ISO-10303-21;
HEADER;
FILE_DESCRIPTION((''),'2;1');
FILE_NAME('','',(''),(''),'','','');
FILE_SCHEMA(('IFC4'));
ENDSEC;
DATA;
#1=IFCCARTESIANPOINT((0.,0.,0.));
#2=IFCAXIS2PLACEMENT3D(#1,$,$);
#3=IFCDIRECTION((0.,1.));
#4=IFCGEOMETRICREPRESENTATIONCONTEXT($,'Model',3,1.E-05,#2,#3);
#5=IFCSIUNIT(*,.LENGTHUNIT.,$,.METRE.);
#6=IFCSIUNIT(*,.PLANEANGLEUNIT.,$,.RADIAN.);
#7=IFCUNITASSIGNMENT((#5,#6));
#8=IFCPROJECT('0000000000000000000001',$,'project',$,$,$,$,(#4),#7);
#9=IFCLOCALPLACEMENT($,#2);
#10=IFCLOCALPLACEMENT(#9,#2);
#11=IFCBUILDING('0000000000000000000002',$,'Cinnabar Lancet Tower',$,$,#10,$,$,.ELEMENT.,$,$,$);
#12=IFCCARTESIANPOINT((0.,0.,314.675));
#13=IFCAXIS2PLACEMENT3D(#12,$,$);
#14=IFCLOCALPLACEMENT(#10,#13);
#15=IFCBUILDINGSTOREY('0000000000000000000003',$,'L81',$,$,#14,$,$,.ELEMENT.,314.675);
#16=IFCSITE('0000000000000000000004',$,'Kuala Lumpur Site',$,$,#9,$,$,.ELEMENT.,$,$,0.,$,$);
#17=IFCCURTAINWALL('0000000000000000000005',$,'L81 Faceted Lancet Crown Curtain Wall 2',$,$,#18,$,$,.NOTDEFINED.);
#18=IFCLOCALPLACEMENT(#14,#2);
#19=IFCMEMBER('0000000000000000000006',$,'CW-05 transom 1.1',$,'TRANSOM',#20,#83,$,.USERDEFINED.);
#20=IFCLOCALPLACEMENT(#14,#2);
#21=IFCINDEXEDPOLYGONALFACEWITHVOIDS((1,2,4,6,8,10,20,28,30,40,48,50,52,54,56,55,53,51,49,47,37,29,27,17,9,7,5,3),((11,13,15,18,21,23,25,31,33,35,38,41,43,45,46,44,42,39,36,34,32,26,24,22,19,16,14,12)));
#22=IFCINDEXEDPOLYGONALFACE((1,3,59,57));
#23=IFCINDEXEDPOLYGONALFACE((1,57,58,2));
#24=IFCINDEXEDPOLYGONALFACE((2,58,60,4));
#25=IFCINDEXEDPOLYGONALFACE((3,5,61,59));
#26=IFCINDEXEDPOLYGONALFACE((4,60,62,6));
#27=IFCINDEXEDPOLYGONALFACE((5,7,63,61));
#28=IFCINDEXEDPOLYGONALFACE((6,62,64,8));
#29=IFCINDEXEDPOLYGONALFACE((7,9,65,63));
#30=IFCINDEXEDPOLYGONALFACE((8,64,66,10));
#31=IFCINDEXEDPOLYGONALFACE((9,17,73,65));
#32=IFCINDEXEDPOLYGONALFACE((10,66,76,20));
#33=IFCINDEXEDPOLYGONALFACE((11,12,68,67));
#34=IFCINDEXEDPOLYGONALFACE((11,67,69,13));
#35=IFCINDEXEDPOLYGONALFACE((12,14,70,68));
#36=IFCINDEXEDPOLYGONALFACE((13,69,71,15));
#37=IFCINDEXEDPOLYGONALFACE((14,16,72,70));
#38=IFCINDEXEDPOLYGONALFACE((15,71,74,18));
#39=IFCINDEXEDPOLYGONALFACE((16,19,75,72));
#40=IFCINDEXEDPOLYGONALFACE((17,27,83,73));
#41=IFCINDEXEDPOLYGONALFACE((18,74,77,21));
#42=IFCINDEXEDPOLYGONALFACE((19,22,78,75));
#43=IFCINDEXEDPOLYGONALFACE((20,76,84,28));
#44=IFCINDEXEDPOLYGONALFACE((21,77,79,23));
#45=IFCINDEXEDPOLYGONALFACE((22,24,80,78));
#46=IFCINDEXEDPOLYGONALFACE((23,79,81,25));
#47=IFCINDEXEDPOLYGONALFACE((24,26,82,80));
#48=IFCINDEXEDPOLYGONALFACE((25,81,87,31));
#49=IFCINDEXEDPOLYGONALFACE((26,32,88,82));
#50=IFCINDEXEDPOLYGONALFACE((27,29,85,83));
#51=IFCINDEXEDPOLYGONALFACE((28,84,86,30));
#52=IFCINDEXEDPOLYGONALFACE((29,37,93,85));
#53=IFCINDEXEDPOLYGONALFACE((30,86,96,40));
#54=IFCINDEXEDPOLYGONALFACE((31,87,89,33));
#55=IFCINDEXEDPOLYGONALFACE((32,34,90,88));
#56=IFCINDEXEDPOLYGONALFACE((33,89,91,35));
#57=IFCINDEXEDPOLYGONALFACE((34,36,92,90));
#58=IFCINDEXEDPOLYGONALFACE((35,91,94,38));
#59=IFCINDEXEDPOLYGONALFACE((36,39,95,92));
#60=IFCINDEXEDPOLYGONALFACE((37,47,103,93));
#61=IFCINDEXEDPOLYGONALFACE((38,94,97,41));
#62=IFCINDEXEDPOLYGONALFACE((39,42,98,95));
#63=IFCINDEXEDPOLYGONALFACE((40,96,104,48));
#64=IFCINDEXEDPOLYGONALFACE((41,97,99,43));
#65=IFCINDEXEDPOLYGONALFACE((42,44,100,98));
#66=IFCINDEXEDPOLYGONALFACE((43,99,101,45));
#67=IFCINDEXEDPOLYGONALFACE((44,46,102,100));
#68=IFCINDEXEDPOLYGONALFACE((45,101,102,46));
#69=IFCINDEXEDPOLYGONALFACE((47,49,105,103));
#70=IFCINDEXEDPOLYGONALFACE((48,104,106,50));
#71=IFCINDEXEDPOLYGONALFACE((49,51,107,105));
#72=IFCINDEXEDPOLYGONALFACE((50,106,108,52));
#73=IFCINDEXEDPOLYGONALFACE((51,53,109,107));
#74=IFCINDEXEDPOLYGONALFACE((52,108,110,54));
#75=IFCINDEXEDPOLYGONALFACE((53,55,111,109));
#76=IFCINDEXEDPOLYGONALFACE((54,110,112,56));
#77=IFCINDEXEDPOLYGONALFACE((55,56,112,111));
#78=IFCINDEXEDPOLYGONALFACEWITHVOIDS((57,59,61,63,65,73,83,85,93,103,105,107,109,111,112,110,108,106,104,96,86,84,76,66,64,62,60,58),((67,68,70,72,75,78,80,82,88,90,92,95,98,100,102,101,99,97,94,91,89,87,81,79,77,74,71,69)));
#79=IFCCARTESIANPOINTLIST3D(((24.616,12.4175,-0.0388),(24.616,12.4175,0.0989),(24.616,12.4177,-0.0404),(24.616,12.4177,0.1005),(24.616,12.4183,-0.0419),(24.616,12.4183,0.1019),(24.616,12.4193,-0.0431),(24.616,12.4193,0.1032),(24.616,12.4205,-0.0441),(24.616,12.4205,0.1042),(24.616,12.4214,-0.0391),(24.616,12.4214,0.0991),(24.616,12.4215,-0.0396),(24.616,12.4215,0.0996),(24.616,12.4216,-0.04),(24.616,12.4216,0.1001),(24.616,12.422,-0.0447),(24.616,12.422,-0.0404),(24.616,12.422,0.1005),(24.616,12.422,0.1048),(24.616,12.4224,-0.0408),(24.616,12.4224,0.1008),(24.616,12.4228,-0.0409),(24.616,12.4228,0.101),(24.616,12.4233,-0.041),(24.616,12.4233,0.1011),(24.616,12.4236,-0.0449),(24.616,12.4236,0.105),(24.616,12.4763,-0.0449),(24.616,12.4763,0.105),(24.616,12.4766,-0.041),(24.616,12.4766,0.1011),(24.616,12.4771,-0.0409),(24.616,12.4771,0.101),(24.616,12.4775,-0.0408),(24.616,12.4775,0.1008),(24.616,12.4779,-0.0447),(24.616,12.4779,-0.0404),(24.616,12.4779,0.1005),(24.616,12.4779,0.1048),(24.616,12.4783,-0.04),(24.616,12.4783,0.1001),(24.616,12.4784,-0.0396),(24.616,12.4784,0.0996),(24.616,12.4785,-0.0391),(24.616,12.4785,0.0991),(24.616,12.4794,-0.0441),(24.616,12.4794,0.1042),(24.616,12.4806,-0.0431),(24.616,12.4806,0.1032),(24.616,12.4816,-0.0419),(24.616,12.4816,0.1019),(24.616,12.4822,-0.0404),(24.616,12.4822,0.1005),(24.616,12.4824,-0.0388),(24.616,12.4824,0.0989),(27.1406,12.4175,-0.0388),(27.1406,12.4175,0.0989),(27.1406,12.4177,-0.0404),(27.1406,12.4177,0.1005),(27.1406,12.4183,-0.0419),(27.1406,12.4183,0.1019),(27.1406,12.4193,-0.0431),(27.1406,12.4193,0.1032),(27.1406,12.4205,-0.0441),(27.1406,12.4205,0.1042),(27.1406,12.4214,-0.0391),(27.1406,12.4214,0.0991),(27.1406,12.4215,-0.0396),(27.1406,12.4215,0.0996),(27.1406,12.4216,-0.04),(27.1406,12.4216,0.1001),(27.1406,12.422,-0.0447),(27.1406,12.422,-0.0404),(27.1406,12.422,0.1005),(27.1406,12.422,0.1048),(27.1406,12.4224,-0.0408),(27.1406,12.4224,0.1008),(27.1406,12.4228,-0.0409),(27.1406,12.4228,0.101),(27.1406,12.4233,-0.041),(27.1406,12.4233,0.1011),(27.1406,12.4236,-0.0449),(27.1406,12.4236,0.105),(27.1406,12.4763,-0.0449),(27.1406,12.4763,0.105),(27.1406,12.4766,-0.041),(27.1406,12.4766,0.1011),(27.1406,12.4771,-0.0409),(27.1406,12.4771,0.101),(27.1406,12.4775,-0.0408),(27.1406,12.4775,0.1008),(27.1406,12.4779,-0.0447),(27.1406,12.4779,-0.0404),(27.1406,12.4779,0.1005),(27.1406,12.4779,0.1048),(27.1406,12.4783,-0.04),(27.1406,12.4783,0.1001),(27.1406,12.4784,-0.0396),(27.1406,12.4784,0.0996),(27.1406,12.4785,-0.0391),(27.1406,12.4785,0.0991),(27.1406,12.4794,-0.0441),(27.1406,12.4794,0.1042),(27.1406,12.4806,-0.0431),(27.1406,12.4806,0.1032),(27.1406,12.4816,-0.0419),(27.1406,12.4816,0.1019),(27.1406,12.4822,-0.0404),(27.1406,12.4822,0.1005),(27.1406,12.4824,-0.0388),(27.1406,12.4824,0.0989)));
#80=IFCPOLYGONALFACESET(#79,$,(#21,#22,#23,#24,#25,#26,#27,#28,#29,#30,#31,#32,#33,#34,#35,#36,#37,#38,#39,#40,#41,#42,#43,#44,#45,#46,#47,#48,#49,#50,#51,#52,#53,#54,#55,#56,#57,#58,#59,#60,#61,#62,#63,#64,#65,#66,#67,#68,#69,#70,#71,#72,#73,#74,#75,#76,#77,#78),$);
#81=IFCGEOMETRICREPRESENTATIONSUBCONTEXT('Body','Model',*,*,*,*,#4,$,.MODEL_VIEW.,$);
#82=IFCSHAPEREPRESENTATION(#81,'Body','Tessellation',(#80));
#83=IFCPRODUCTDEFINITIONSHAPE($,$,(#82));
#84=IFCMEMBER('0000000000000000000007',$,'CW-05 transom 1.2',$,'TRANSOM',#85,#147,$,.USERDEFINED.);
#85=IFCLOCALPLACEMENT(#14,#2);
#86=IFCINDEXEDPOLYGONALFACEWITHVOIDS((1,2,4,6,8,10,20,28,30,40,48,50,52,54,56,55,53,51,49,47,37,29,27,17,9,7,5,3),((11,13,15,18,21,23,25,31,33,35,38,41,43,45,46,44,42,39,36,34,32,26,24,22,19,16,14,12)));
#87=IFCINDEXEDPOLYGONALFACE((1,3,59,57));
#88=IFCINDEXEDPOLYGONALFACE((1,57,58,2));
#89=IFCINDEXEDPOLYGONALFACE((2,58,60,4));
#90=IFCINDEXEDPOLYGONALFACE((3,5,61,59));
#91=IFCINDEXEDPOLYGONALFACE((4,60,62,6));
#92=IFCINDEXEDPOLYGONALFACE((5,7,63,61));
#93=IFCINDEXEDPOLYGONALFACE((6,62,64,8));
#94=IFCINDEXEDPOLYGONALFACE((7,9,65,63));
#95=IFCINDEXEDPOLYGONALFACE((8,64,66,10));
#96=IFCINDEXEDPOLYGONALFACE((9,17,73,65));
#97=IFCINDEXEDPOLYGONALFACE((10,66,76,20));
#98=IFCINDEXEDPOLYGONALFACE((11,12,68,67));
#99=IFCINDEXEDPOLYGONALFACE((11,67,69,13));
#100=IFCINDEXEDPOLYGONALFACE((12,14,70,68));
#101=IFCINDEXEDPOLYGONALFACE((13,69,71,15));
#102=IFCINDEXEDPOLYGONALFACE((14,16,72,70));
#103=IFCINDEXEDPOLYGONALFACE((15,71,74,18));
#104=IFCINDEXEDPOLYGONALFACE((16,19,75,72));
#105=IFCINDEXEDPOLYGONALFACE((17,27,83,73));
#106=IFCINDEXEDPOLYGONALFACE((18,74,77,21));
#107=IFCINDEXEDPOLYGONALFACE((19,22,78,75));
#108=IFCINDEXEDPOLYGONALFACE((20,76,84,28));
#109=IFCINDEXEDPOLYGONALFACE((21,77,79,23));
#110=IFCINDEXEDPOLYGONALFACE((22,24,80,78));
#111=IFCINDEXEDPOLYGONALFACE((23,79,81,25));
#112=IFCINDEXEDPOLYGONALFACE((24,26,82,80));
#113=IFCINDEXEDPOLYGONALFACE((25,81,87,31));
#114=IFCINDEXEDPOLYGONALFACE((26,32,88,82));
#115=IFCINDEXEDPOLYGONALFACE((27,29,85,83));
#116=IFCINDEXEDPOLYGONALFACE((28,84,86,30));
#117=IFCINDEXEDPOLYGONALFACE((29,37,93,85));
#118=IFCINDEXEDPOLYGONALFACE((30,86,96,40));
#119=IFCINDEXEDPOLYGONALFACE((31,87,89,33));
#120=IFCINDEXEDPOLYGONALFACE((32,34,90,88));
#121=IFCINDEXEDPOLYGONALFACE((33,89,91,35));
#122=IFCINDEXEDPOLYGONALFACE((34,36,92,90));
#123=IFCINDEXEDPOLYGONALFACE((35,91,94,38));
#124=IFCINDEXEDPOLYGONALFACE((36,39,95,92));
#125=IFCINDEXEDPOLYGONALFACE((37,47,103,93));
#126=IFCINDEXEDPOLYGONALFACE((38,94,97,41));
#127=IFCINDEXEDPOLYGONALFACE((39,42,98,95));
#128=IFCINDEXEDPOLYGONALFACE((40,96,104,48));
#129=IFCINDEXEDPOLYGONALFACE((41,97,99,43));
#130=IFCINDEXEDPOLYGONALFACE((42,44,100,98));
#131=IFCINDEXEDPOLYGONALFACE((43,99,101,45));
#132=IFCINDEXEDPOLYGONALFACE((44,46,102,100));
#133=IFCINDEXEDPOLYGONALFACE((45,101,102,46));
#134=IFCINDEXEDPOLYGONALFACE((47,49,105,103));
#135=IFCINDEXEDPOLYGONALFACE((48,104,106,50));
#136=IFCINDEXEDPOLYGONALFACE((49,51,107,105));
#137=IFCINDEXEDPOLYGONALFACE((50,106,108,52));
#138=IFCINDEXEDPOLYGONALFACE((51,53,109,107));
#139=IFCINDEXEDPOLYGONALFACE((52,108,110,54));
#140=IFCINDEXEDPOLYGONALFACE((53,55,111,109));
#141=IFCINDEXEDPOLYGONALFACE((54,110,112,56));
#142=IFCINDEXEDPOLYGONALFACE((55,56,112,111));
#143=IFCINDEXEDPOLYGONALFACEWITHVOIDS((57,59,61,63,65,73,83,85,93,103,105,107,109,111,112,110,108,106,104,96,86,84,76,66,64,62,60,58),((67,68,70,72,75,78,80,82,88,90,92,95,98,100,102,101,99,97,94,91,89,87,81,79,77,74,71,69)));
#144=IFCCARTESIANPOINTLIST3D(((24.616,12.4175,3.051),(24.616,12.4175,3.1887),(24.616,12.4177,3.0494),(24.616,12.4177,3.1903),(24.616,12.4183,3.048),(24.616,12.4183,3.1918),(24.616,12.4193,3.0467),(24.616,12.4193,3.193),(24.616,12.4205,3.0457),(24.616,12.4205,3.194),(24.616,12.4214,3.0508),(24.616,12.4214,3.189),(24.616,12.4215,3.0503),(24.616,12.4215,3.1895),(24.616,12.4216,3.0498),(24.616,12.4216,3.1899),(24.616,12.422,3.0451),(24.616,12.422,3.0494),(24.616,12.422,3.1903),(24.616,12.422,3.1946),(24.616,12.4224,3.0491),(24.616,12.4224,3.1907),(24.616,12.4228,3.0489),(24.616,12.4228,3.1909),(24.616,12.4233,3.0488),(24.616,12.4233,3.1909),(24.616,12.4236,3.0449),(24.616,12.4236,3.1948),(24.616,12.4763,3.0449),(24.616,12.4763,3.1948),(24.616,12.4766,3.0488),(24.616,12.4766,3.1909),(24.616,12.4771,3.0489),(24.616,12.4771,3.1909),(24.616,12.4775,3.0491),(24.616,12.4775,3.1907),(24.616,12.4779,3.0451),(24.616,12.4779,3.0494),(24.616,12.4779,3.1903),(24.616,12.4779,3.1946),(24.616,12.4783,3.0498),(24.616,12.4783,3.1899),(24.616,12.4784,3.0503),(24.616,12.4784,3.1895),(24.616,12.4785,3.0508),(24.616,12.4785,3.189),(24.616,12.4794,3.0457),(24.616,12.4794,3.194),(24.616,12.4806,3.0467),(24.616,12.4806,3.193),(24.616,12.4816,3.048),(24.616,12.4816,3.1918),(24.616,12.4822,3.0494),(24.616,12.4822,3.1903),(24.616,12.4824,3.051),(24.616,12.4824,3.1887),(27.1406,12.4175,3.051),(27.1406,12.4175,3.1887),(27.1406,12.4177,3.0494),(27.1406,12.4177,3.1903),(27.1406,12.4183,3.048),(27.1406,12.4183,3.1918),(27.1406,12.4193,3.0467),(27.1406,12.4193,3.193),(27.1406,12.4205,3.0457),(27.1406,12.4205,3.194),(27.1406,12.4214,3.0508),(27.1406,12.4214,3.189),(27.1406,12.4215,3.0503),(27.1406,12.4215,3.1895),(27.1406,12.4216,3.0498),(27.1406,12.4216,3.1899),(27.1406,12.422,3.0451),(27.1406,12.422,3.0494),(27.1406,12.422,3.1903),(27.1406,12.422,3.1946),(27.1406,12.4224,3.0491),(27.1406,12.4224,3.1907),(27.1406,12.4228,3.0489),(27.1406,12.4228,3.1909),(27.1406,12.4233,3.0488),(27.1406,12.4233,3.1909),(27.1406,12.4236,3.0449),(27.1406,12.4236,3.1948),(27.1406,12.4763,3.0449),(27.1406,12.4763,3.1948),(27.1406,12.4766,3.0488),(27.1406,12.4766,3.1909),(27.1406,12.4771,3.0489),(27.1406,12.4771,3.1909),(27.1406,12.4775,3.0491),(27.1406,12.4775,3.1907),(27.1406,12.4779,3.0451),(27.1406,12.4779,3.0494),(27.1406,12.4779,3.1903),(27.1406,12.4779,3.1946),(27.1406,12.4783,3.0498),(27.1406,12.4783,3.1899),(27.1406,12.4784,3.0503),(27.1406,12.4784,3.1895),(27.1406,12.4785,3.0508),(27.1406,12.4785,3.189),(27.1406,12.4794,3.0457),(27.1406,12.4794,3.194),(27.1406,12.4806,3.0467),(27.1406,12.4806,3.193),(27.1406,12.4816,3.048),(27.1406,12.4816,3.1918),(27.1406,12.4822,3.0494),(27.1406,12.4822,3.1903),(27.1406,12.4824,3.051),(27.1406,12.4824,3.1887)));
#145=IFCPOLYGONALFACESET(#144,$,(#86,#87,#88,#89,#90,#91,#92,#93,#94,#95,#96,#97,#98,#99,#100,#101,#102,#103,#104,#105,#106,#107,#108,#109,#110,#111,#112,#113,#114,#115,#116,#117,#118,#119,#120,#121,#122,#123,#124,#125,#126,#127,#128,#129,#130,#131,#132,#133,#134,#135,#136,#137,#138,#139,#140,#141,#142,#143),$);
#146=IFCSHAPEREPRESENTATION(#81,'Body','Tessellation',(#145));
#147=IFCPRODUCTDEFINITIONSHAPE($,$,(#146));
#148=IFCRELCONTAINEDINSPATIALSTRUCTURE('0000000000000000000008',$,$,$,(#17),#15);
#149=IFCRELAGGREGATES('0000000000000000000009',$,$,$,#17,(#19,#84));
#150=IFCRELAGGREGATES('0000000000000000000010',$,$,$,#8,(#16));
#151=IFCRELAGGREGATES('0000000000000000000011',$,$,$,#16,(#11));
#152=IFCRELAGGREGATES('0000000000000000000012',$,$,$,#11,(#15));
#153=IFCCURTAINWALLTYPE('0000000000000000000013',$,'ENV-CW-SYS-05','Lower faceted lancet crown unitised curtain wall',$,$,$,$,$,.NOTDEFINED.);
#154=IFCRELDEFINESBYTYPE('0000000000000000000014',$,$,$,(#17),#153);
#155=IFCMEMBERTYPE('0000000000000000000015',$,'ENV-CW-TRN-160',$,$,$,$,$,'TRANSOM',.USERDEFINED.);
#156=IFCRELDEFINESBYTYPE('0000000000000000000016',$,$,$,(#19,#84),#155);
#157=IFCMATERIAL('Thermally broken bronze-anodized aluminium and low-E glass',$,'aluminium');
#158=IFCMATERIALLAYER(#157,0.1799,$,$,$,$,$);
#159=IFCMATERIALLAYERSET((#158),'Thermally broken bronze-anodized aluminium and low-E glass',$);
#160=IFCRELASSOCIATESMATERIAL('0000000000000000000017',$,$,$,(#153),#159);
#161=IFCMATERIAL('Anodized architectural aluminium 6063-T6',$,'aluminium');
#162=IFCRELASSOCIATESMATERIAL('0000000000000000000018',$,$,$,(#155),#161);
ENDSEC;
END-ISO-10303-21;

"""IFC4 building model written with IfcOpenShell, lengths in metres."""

from ifc_helpers import new_model, si_unit, direction, frame, origin, origin_2d, place, context, subcontext, project, spatial, hollow_rectangle, extrude, material, layer, layer_set, material_profile, profile_set, type_object, element, aggregate, save


model = new_model("IFC4")

# Units and contexts
model_context = context("Model", 3, precision=1e-05, world=origin(), true_north=direction((0.0, 1.0)))
body_context = subcontext(model_context, "Body", "Model", "MODEL_VIEW")
ifc_project = project(units=[si_unit("LENGTHUNIT", "METRE"), si_unit("PLANEANGLEUNIT", "RADIAN")], contexts=[model_context])

# Site, building, storey
site_placement = place(None, origin())
site = spatial("IfcSite", under=ifc_project, at=site_placement, Name="Kuala Lumpur Site", CompositionType="ELEMENT", RefElevation=0.0)
building_placement = place(site_placement, origin())
building = spatial("IfcBuilding", under=site, at=building_placement, Name="Cinnabar Lancet Tower", CompositionType="ELEMENT")
storey_placement = place(building_placement, frame((0.0, 0.0, 314.675)))
storey = spatial("IfcBuildingStorey", under=building, at=storey_placement, Name="L81", CompositionType="ELEMENT", Elevation=314.675)

# Shared definitions
ifc_material_1 = material(Name="Thermally broken bronze-anodized aluminium and low-E glass", Category="aluminium")
ifc_layer_1 = layer(ifc_material_1, 0.1799)
ifc_layer_set_1 = layer_set([ifc_layer_1], Name="Thermally broken bronze-anodized aluminium and low-E glass")
curtain_wall_type = type_object("IfcCurtainWallType", Name="ENV-CW-SYS-05", Description="Lower faceted lancet crown unitised curtain wall", PredefinedType="NOTDEFINED", material=ifc_layer_set_1)

# Curtain wall, members
curtain_wall_1_placement = place(storey_placement, origin())
curtain_wall_1 = element("IfcCurtainWall", 1, at=curtain_wall_1_placement, inside=storey, type_object=curtain_wall_type, Name="L81 Faceted Lancet Crown Curtain Wall 2", PredefinedType="NOTDEFINED")
ifc_material_2 = material(Name="Anodized architectural aluminium 6063-T6", Category="aluminium")
ifc_material_profile_1 = material_profile(ifc_material_2, hollow_rectangle(XDim=0.0649, YDim=0.1499, WallThickness=0.0039, InnerFilletRadius=0.002, OuterFilletRadius=0.0061, at=origin_2d()), Name="CW-TRN 150x65x4")
ifc_profile_set_1 = profile_set([ifc_material_profile_1], Name="Anodized architectural aluminium 6063-T6")
member_type_1 = type_object("IfcMemberType", Name="ENV-CW-TRN-160", ElementType="TRANSOM", PredefinedType="USERDEFINED", material=ifc_profile_set_1)
member_1_placement = place(storey_placement, frame((24.616, 12.45, 0.03), z_axis=(1.0, 0.0, 0.0), x_axis=(0.0, 1.0, 0.0)))
member_1 = element("IfcMember", 2, at=member_1_placement, type_object=member_type_1, Name="CW-05 transom 1.1", ObjectType="TRANSOM", PredefinedType="USERDEFINED", context=body_context, shape_type="SweptSolid", body=[
    extrude(hollow_rectangle(XDim=0.0649, YDim=0.1499, WallThickness=0.0039, InnerFilletRadius=0.002, OuterFilletRadius=0.0061, at=origin_2d()), origin(), (0.0, 0.0, 1.0), 2.5247),
])
member_2_placement = place(storey_placement, frame((24.616, 12.45, 3.1199), z_axis=(1.0, 0.0, 0.0), x_axis=(0.0, 1.0, 0.0)))
member_2 = element("IfcMember", 3, at=member_2_placement, type_object=member_type_1, Name="CW-05 transom 1.2", ObjectType="TRANSOM", PredefinedType="USERDEFINED", context=body_context, shape_type="SweptSolid", body=[
    extrude(hollow_rectangle(XDim=0.0649, YDim=0.1499, WallThickness=0.0039, InnerFilletRadius=0.002, OuterFilletRadius=0.0061, at=origin_2d()), origin(), (0.0, 0.0, 1.0), 2.5247),
])

aggregate(curtain_wall_1, [member_1, member_2])

save(model, "model.ifc")
